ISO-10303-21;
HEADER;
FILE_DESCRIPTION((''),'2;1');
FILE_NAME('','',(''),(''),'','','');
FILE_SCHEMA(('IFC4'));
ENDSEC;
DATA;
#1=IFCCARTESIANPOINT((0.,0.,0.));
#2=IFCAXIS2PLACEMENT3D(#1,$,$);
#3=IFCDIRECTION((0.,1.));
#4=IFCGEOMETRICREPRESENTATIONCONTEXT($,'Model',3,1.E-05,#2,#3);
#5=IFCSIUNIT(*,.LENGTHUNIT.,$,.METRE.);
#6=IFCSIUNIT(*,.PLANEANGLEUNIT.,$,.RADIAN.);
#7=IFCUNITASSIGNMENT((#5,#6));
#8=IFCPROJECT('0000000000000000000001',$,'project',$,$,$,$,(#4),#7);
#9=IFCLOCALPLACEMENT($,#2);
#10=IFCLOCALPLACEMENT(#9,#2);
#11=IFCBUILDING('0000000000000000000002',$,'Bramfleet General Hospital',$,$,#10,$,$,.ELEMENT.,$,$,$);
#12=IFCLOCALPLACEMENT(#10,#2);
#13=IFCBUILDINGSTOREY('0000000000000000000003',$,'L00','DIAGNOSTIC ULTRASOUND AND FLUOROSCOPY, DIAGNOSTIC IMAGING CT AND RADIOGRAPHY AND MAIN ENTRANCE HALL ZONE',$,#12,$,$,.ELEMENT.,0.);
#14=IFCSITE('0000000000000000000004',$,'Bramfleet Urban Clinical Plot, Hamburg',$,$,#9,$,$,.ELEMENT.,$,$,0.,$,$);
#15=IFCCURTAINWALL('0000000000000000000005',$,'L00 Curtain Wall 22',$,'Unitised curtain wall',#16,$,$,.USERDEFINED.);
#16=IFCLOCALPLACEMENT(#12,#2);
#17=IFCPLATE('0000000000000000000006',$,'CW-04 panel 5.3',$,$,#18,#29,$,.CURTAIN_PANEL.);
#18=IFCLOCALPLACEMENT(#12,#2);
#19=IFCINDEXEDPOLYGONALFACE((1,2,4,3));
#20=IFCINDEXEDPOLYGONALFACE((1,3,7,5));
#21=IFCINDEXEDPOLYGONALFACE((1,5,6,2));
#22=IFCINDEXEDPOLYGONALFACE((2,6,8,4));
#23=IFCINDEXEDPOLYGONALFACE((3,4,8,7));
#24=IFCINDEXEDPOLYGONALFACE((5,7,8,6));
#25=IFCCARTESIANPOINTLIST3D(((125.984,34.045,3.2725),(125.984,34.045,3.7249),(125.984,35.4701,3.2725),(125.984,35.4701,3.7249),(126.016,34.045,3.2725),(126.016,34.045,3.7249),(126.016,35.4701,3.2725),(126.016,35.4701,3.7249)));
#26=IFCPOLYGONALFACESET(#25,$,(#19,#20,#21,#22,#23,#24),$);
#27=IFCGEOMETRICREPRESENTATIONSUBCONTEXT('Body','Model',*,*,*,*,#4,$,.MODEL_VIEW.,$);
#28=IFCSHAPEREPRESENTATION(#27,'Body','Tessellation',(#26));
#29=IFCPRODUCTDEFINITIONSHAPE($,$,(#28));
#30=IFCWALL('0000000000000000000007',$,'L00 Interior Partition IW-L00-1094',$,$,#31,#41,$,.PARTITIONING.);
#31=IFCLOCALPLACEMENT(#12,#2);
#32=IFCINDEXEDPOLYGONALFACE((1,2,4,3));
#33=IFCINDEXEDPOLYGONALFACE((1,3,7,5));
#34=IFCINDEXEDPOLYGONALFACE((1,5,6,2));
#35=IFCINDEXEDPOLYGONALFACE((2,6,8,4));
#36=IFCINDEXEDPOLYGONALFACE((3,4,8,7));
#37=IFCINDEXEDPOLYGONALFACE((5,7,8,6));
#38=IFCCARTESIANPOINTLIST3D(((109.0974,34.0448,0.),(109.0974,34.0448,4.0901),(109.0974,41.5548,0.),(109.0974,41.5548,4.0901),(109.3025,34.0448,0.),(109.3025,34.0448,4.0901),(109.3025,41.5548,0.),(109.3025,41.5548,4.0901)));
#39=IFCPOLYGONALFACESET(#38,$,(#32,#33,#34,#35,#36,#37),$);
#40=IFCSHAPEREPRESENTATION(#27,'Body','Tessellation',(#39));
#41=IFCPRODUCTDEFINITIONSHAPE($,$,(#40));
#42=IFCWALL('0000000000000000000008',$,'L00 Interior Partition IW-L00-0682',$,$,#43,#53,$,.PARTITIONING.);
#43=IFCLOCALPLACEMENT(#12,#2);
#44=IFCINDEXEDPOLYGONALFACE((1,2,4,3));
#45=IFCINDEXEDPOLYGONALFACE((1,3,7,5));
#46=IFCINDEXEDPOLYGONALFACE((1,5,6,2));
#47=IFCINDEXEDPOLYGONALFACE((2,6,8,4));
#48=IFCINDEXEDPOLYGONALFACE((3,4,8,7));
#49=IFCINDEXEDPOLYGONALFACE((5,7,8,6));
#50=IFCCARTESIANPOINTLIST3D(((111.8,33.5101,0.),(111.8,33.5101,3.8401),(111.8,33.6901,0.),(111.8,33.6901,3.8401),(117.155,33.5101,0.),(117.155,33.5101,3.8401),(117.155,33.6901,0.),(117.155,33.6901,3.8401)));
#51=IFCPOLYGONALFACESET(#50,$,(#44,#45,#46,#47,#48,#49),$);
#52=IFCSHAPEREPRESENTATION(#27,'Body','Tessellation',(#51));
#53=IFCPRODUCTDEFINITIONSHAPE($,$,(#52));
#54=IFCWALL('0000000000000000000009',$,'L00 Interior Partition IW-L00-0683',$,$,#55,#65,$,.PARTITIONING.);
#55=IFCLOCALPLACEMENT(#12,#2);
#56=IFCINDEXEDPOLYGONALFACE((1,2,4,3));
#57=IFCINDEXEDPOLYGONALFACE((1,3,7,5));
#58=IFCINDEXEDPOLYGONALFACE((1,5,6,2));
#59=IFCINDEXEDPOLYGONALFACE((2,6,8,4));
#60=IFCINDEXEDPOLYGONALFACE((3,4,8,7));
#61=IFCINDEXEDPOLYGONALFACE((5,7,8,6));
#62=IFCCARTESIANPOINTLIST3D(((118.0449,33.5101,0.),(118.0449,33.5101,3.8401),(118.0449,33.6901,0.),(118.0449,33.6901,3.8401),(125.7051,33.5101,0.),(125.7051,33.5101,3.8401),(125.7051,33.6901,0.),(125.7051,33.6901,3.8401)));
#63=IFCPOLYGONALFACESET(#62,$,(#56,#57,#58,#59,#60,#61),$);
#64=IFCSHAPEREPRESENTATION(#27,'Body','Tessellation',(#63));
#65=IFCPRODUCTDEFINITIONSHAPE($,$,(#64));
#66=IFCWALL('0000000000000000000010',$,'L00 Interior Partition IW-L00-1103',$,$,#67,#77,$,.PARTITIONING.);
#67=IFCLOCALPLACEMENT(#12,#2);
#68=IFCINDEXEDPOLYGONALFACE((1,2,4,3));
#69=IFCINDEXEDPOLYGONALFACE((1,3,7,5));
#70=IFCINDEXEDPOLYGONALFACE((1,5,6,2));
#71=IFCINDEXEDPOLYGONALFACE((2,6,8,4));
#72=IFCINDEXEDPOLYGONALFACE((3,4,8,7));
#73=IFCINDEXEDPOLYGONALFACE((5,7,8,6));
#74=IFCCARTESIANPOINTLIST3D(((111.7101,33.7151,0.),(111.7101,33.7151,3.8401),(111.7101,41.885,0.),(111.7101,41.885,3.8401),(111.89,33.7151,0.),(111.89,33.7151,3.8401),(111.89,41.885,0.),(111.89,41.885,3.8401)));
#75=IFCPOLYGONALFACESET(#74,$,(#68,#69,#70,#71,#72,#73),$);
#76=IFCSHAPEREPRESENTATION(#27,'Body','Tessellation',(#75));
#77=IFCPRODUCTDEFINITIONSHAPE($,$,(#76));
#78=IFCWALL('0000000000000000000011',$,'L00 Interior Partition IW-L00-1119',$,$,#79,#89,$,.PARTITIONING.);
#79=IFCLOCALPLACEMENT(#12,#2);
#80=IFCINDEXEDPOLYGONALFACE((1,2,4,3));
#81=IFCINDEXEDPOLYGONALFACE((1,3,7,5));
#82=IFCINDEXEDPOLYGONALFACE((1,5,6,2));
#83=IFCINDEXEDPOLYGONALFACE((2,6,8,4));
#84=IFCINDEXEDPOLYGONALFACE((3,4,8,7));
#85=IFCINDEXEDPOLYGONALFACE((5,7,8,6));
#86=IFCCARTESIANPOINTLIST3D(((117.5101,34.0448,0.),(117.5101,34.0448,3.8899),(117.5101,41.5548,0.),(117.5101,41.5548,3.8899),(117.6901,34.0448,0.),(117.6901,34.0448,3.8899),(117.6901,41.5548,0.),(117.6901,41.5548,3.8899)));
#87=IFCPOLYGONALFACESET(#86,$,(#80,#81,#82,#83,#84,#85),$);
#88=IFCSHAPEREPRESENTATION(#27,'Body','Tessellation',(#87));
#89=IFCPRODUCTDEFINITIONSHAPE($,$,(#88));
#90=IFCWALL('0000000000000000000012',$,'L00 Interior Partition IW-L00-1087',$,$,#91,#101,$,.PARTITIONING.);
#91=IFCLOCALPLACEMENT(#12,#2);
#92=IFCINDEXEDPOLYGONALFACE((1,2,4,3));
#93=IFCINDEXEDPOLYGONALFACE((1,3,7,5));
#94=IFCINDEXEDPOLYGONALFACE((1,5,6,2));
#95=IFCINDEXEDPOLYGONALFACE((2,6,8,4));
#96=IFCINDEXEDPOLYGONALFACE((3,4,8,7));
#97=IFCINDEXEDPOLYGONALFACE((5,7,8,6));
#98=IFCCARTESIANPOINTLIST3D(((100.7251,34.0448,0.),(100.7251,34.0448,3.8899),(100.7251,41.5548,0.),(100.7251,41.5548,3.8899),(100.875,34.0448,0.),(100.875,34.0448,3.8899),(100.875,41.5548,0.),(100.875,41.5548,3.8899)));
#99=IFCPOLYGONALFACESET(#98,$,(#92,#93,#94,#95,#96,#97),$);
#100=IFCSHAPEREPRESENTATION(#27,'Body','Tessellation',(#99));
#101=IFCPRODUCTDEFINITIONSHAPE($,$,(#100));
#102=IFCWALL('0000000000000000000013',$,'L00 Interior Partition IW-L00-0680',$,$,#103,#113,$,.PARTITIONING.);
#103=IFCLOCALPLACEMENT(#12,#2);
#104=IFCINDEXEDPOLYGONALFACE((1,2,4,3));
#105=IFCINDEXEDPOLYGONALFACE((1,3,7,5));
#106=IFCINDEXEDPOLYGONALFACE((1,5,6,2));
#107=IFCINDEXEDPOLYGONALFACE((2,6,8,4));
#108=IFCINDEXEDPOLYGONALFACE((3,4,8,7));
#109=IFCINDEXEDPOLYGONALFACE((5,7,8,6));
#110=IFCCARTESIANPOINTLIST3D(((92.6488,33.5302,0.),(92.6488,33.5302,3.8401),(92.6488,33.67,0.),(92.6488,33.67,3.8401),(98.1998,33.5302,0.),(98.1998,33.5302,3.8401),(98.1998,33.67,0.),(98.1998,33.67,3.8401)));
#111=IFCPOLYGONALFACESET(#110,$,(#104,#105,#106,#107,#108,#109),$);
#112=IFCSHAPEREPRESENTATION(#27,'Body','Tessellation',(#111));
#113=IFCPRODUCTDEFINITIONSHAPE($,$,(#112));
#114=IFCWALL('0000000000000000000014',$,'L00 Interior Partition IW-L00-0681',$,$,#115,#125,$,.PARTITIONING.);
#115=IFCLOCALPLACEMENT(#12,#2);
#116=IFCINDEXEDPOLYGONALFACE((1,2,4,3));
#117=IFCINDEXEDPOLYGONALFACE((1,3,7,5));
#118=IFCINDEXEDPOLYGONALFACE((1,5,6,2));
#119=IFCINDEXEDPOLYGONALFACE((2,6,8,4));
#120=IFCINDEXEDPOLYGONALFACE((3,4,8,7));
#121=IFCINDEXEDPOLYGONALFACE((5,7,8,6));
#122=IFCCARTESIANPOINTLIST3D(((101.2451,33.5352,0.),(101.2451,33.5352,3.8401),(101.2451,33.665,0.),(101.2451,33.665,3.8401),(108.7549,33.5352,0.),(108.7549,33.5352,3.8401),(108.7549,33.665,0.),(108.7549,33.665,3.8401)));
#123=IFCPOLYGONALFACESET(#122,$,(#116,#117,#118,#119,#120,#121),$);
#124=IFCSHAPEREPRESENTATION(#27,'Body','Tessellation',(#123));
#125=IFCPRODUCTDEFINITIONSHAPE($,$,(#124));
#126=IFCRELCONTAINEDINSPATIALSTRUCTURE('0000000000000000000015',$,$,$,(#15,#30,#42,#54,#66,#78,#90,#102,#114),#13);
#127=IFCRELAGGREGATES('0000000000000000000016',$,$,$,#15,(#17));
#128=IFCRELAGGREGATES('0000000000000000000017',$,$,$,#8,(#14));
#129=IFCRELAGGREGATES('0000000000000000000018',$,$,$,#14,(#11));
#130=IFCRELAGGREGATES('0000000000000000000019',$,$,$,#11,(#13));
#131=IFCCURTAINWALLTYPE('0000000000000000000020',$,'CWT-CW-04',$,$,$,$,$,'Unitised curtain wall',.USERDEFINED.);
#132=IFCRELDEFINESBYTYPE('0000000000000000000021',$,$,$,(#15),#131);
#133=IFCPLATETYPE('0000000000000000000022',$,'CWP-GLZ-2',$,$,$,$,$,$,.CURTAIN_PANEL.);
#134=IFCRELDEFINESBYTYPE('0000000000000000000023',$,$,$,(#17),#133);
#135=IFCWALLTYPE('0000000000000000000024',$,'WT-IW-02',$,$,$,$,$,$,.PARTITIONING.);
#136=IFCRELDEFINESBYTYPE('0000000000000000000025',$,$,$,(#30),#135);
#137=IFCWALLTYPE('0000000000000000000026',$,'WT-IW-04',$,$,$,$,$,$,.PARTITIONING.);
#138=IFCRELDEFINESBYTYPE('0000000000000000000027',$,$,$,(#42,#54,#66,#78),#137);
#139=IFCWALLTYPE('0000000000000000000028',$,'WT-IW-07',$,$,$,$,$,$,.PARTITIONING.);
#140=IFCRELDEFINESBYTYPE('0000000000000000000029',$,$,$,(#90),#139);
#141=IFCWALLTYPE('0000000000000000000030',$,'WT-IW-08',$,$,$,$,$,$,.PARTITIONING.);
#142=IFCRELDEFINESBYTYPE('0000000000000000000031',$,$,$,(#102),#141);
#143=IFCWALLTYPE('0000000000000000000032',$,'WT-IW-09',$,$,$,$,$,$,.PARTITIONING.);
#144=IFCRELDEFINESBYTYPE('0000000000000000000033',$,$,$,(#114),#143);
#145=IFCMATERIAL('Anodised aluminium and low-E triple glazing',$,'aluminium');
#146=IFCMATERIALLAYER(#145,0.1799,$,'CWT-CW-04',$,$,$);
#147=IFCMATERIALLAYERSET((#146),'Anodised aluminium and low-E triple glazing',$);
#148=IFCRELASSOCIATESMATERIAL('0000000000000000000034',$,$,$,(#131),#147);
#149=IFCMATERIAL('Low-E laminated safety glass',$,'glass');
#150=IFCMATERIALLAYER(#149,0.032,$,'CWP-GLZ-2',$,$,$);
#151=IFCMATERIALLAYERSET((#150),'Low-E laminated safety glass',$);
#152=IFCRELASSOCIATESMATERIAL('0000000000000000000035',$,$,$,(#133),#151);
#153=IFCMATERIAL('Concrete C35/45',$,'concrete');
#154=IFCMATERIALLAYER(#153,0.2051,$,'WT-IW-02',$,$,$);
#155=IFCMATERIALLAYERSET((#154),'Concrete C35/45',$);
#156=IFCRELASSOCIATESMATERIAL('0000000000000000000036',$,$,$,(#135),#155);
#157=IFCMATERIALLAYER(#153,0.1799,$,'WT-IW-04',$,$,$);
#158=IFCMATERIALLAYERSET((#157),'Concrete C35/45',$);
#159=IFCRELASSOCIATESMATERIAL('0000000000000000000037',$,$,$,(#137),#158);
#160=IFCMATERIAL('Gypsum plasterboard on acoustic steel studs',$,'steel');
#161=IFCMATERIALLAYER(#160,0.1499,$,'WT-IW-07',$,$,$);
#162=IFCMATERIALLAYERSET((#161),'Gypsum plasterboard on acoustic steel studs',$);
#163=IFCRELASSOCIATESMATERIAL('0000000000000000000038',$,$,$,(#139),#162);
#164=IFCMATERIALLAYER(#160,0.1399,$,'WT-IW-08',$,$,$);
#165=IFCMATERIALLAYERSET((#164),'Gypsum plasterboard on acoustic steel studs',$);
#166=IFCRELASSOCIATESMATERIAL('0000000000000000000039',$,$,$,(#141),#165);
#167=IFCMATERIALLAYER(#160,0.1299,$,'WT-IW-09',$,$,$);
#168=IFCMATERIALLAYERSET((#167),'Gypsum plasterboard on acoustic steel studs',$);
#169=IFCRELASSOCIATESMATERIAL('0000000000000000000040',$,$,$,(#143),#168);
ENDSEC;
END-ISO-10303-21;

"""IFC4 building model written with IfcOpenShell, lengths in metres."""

from ifc_helpers import new_model, si_unit, direction, frame, frame_2d, origin, origin_2d, place, context, subcontext, project, spatial, rectangle, extrude, material, layer, layer_set, type_object, element, aggregate, save


model = new_model("IFC4")

# Units and contexts
model_context = context("Model", 3, precision=1e-05, world=origin(), true_north=direction((0.0, 1.0)))
body_context = subcontext(model_context, "Body", "Model", "MODEL_VIEW")
ifc_project = project(units=[si_unit("LENGTHUNIT", "METRE"), si_unit("PLANEANGLEUNIT", "RADIAN")], contexts=[model_context])

# Site, building, storey
site_placement = place(None, origin())
site = spatial("IfcSite", under=ifc_project, at=site_placement, Name="Bramfleet Urban Clinical Plot, Hamburg", CompositionType="ELEMENT", RefElevation=0.0)
building_placement = place(site_placement, origin())
building = spatial("IfcBuilding", under=site, at=building_placement, Name="Bramfleet General Hospital", CompositionType="ELEMENT")
storey_placement = place(building_placement, origin())
storey = spatial("IfcBuildingStorey", under=building, at=storey_placement, Name="L00", Description="DIAGNOSTIC ULTRASOUND AND FLUOROSCOPY, DIAGNOSTIC IMAGING CT AND RADIOGRAPHY AND MAIN ENTRANCE HALL ZONE", CompositionType="ELEMENT", Elevation=0.0)

# Shared definitions
ifc_material_1 = material(Name="Concrete C35/45", Category="concrete")

# Curtain wall, plate
ifc_material_2 = material(Name="Anodised aluminium and low-E triple glazing", Category="aluminium")
ifc_layer_1 = layer(ifc_material_2, 0.1799, Name="CWT-CW-04")
ifc_layer_set_1 = layer_set([ifc_layer_1], Name="Anodised aluminium and low-E triple glazing")
curtain_wall_type = type_object("IfcCurtainWallType", Name="CWT-CW-04", ElementType="Unitised curtain wall", PredefinedType="USERDEFINED", material=ifc_layer_set_1)
curtain_wall_placement = place(storey_placement, origin())
curtain_wall = element("IfcCurtainWall", 1, at=curtain_wall_placement, inside=storey, type_object=curtain_wall_type, Name="L00 Curtain Wall 22", ObjectType="Unitised curtain wall", PredefinedType="USERDEFINED")
ifc_material_3 = material(Name="Low-E laminated safety glass", Category="glass")
ifc_layer_2 = layer(ifc_material_3, 0.032, Name="CWP-GLZ-2")
ifc_layer_set_2 = layer_set([ifc_layer_2], Name="Low-E laminated safety glass")
plate_type = type_object("IfcPlateType", Name="CWP-GLZ-2", PredefinedType="CURTAIN_PANEL", material=ifc_layer_set_2)
plate_1_placement = place(storey_placement, frame((126.0, 34.7576, 3.2725), z_axis=(0.0, 0.0, 1.0), x_axis=(0.0, -1.0, 0.0)))
plate_1 = element("IfcPlate", 2, at=plate_1_placement, type_object=plate_type, Name="CW-04 panel 5.3", PredefinedType="CURTAIN_PANEL", context=body_context, shape_type="SweptSolid", body=[
    extrude(rectangle(XDim=1.425, YDim=0.032, at=origin_2d()), origin(), (0.0, 0.0, 1.0), 0.4524),
])
aggregate(curtain_wall, [plate_1])

# Walls
ifc_layer_3 = layer(ifc_material_1, 0.2051, Name="WT-IW-02")
ifc_layer_set_3 = layer_set([ifc_layer_3], Name="Concrete C35/45")
wall_type_1 = type_object("IfcWallType", Name="WT-IW-02", PredefinedType="PARTITIONING", material=ifc_layer_set_3)
wall_1_placement = place(storey_placement, frame((109.2, 34.0449, 0.0), z_axis=(0.0, 0.0, 1.0), x_axis=(0.0, 1.0, 0.0)))
element("IfcWall", 3, at=wall_1_placement, inside=storey, type_object=wall_type_1, Name="L00 Interior Partition IW-L00-1094", PredefinedType="PARTITIONING", context=body_context, shape_type="SweptSolid", body=[
    extrude(rectangle(XDim=7.51, YDim=0.2051, at=frame_2d((3.7549, 0.0))), origin(), (0.0, 0.0, 1.0), 4.0901),
])
ifc_layer_4 = layer(ifc_material_1, 0.1799, Name="WT-IW-04")
ifc_layer_set_4 = layer_set([ifc_layer_4], Name="Concrete C35/45")
wall_type_2 = type_object("IfcWallType", Name="WT-IW-04", PredefinedType="PARTITIONING", material=ifc_layer_set_4)
wall_2_placement = place(storey_placement, frame((111.8, 33.6001, 0.0), z_axis=(0.0, 0.0, 1.0), x_axis=(1.0, 0.0, 0.0)))
element("IfcWall", 4, at=wall_2_placement, inside=storey, type_object=wall_type_2, Name="L00 Interior Partition IW-L00-0682", PredefinedType="PARTITIONING", context=body_context, shape_type="SweptSolid", body=[
    extrude(rectangle(XDim=5.355, YDim=0.1799, at=frame_2d((2.6775, 0.0))), origin(), (0.0, 0.0, 1.0), 3.8401),
])
wall_3_placement = place(storey_placement, frame((118.0449, 33.6001, 0.0), z_axis=(0.0, 0.0, 1.0), x_axis=(1.0, 0.0, 0.0)))
element("IfcWall", 5, at=wall_3_placement, inside=storey, type_object=wall_type_2, Name="L00 Interior Partition IW-L00-0683", PredefinedType="PARTITIONING", context=body_context, shape_type="SweptSolid", body=[
    extrude(rectangle(XDim=7.6602, YDim=0.1799, at=frame_2d((3.8301, 0.0))), origin(), (0.0, 0.0, 1.0), 3.8401),
])
wall_4_placement = place(storey_placement, frame((111.8, 33.7151, 0.0), z_axis=(0.0, 0.0, 1.0), x_axis=(0.0, 1.0, 0.0)))
element("IfcWall", 6, at=wall_4_placement, inside=storey, type_object=wall_type_2, Name="L00 Interior Partition IW-L00-1103", PredefinedType="PARTITIONING", context=body_context, shape_type="SweptSolid", body=[
    extrude(rectangle(XDim=8.1699, YDim=0.1799, at=frame_2d((4.085, 0.0))), origin(), (0.0, 0.0, 1.0), 3.8401),
])
wall_5_placement = place(storey_placement, frame((117.6001, 34.0449, 0.0), z_axis=(0.0, 0.0, 1.0), x_axis=(0.0, 1.0, 0.0)))
element("IfcWall", 7, at=wall_5_placement, inside=storey, type_object=wall_type_2, Name="L00 Interior Partition IW-L00-1119", PredefinedType="PARTITIONING", context=body_context, shape_type="SweptSolid", body=[
    extrude(rectangle(XDim=7.51, YDim=0.1799, at=frame_2d((3.7549, 0.0))), origin(), (0.0, 0.0, 1.0), 3.8899),
])
ifc_material_4 = material(Name="Gypsum plasterboard on acoustic steel studs", Category="steel")
ifc_layer_5 = layer(ifc_material_4, 0.1499, Name="WT-IW-07")
ifc_layer_set_5 = layer_set([ifc_layer_5], Name="Gypsum plasterboard on acoustic steel studs")
wall_type_3 = type_object("IfcWallType", Name="WT-IW-07", PredefinedType="PARTITIONING", material=ifc_layer_set_5)
wall_6_placement = place(storey_placement, frame((100.8, 34.0449, 0.0), z_axis=(0.0, 0.0, 1.0), x_axis=(0.0, 1.0, 0.0)))
element("IfcWall", 8, at=wall_6_placement, inside=storey, type_object=wall_type_3, Name="L00 Interior Partition IW-L00-1087", PredefinedType="PARTITIONING", context=body_context, shape_type="SweptSolid", body=[
    extrude(rectangle(XDim=7.51, YDim=0.1499, at=frame_2d((3.7549, 0.0))), origin(), (0.0, 0.0, 1.0), 3.8899),
])
ifc_layer_6 = layer(ifc_material_4, 0.1399, Name="WT-IW-08")
ifc_layer_set_6 = layer_set([ifc_layer_6], Name="Gypsum plasterboard on acoustic steel studs")
wall_type_4 = type_object("IfcWallType", Name="WT-IW-08", PredefinedType="PARTITIONING", material=ifc_layer_set_6)
wall_7_placement = place(storey_placement, frame((92.6489, 33.6001, 0.0), z_axis=(0.0, 0.0, 1.0), x_axis=(1.0, 0.0, 0.0)))
element("IfcWall", 9, at=wall_7_placement, inside=storey, type_object=wall_type_4, Name="L00 Interior Partition IW-L00-0680", PredefinedType="PARTITIONING", context=body_context, shape_type="SweptSolid", body=[
    extrude(rectangle(XDim=5.551, YDim=0.1399, at=frame_2d((2.7754, 0.0))), origin(), (0.0, 0.0, 1.0), 3.8401),
])
ifc_layer_7 = layer(ifc_material_4, 0.1299, Name="WT-IW-09")
ifc_layer_set_7 = layer_set([ifc_layer_7], Name="Gypsum plasterboard on acoustic steel studs")
wall_type_5 = type_object("IfcWallType", Name="WT-IW-09", PredefinedType="PARTITIONING", material=ifc_layer_set_7)
wall_8_placement = place(storey_placement, frame((101.2451, 33.6001, 0.0), z_axis=(0.0, 0.0, 1.0), x_axis=(1.0, 0.0, 0.0)))
element("IfcWall", 10, at=wall_8_placement, inside=storey, type_object=wall_type_5, Name="L00 Interior Partition IW-L00-0681", PredefinedType="PARTITIONING", context=body_context, shape_type="SweptSolid", body=[
    extrude(rectangle(XDim=7.5098, YDim=0.1299, at=frame_2d((3.7549, 0.0))), origin(), (0.0, 0.0, 1.0), 3.8401),
])

save(model, "model.ifc")
